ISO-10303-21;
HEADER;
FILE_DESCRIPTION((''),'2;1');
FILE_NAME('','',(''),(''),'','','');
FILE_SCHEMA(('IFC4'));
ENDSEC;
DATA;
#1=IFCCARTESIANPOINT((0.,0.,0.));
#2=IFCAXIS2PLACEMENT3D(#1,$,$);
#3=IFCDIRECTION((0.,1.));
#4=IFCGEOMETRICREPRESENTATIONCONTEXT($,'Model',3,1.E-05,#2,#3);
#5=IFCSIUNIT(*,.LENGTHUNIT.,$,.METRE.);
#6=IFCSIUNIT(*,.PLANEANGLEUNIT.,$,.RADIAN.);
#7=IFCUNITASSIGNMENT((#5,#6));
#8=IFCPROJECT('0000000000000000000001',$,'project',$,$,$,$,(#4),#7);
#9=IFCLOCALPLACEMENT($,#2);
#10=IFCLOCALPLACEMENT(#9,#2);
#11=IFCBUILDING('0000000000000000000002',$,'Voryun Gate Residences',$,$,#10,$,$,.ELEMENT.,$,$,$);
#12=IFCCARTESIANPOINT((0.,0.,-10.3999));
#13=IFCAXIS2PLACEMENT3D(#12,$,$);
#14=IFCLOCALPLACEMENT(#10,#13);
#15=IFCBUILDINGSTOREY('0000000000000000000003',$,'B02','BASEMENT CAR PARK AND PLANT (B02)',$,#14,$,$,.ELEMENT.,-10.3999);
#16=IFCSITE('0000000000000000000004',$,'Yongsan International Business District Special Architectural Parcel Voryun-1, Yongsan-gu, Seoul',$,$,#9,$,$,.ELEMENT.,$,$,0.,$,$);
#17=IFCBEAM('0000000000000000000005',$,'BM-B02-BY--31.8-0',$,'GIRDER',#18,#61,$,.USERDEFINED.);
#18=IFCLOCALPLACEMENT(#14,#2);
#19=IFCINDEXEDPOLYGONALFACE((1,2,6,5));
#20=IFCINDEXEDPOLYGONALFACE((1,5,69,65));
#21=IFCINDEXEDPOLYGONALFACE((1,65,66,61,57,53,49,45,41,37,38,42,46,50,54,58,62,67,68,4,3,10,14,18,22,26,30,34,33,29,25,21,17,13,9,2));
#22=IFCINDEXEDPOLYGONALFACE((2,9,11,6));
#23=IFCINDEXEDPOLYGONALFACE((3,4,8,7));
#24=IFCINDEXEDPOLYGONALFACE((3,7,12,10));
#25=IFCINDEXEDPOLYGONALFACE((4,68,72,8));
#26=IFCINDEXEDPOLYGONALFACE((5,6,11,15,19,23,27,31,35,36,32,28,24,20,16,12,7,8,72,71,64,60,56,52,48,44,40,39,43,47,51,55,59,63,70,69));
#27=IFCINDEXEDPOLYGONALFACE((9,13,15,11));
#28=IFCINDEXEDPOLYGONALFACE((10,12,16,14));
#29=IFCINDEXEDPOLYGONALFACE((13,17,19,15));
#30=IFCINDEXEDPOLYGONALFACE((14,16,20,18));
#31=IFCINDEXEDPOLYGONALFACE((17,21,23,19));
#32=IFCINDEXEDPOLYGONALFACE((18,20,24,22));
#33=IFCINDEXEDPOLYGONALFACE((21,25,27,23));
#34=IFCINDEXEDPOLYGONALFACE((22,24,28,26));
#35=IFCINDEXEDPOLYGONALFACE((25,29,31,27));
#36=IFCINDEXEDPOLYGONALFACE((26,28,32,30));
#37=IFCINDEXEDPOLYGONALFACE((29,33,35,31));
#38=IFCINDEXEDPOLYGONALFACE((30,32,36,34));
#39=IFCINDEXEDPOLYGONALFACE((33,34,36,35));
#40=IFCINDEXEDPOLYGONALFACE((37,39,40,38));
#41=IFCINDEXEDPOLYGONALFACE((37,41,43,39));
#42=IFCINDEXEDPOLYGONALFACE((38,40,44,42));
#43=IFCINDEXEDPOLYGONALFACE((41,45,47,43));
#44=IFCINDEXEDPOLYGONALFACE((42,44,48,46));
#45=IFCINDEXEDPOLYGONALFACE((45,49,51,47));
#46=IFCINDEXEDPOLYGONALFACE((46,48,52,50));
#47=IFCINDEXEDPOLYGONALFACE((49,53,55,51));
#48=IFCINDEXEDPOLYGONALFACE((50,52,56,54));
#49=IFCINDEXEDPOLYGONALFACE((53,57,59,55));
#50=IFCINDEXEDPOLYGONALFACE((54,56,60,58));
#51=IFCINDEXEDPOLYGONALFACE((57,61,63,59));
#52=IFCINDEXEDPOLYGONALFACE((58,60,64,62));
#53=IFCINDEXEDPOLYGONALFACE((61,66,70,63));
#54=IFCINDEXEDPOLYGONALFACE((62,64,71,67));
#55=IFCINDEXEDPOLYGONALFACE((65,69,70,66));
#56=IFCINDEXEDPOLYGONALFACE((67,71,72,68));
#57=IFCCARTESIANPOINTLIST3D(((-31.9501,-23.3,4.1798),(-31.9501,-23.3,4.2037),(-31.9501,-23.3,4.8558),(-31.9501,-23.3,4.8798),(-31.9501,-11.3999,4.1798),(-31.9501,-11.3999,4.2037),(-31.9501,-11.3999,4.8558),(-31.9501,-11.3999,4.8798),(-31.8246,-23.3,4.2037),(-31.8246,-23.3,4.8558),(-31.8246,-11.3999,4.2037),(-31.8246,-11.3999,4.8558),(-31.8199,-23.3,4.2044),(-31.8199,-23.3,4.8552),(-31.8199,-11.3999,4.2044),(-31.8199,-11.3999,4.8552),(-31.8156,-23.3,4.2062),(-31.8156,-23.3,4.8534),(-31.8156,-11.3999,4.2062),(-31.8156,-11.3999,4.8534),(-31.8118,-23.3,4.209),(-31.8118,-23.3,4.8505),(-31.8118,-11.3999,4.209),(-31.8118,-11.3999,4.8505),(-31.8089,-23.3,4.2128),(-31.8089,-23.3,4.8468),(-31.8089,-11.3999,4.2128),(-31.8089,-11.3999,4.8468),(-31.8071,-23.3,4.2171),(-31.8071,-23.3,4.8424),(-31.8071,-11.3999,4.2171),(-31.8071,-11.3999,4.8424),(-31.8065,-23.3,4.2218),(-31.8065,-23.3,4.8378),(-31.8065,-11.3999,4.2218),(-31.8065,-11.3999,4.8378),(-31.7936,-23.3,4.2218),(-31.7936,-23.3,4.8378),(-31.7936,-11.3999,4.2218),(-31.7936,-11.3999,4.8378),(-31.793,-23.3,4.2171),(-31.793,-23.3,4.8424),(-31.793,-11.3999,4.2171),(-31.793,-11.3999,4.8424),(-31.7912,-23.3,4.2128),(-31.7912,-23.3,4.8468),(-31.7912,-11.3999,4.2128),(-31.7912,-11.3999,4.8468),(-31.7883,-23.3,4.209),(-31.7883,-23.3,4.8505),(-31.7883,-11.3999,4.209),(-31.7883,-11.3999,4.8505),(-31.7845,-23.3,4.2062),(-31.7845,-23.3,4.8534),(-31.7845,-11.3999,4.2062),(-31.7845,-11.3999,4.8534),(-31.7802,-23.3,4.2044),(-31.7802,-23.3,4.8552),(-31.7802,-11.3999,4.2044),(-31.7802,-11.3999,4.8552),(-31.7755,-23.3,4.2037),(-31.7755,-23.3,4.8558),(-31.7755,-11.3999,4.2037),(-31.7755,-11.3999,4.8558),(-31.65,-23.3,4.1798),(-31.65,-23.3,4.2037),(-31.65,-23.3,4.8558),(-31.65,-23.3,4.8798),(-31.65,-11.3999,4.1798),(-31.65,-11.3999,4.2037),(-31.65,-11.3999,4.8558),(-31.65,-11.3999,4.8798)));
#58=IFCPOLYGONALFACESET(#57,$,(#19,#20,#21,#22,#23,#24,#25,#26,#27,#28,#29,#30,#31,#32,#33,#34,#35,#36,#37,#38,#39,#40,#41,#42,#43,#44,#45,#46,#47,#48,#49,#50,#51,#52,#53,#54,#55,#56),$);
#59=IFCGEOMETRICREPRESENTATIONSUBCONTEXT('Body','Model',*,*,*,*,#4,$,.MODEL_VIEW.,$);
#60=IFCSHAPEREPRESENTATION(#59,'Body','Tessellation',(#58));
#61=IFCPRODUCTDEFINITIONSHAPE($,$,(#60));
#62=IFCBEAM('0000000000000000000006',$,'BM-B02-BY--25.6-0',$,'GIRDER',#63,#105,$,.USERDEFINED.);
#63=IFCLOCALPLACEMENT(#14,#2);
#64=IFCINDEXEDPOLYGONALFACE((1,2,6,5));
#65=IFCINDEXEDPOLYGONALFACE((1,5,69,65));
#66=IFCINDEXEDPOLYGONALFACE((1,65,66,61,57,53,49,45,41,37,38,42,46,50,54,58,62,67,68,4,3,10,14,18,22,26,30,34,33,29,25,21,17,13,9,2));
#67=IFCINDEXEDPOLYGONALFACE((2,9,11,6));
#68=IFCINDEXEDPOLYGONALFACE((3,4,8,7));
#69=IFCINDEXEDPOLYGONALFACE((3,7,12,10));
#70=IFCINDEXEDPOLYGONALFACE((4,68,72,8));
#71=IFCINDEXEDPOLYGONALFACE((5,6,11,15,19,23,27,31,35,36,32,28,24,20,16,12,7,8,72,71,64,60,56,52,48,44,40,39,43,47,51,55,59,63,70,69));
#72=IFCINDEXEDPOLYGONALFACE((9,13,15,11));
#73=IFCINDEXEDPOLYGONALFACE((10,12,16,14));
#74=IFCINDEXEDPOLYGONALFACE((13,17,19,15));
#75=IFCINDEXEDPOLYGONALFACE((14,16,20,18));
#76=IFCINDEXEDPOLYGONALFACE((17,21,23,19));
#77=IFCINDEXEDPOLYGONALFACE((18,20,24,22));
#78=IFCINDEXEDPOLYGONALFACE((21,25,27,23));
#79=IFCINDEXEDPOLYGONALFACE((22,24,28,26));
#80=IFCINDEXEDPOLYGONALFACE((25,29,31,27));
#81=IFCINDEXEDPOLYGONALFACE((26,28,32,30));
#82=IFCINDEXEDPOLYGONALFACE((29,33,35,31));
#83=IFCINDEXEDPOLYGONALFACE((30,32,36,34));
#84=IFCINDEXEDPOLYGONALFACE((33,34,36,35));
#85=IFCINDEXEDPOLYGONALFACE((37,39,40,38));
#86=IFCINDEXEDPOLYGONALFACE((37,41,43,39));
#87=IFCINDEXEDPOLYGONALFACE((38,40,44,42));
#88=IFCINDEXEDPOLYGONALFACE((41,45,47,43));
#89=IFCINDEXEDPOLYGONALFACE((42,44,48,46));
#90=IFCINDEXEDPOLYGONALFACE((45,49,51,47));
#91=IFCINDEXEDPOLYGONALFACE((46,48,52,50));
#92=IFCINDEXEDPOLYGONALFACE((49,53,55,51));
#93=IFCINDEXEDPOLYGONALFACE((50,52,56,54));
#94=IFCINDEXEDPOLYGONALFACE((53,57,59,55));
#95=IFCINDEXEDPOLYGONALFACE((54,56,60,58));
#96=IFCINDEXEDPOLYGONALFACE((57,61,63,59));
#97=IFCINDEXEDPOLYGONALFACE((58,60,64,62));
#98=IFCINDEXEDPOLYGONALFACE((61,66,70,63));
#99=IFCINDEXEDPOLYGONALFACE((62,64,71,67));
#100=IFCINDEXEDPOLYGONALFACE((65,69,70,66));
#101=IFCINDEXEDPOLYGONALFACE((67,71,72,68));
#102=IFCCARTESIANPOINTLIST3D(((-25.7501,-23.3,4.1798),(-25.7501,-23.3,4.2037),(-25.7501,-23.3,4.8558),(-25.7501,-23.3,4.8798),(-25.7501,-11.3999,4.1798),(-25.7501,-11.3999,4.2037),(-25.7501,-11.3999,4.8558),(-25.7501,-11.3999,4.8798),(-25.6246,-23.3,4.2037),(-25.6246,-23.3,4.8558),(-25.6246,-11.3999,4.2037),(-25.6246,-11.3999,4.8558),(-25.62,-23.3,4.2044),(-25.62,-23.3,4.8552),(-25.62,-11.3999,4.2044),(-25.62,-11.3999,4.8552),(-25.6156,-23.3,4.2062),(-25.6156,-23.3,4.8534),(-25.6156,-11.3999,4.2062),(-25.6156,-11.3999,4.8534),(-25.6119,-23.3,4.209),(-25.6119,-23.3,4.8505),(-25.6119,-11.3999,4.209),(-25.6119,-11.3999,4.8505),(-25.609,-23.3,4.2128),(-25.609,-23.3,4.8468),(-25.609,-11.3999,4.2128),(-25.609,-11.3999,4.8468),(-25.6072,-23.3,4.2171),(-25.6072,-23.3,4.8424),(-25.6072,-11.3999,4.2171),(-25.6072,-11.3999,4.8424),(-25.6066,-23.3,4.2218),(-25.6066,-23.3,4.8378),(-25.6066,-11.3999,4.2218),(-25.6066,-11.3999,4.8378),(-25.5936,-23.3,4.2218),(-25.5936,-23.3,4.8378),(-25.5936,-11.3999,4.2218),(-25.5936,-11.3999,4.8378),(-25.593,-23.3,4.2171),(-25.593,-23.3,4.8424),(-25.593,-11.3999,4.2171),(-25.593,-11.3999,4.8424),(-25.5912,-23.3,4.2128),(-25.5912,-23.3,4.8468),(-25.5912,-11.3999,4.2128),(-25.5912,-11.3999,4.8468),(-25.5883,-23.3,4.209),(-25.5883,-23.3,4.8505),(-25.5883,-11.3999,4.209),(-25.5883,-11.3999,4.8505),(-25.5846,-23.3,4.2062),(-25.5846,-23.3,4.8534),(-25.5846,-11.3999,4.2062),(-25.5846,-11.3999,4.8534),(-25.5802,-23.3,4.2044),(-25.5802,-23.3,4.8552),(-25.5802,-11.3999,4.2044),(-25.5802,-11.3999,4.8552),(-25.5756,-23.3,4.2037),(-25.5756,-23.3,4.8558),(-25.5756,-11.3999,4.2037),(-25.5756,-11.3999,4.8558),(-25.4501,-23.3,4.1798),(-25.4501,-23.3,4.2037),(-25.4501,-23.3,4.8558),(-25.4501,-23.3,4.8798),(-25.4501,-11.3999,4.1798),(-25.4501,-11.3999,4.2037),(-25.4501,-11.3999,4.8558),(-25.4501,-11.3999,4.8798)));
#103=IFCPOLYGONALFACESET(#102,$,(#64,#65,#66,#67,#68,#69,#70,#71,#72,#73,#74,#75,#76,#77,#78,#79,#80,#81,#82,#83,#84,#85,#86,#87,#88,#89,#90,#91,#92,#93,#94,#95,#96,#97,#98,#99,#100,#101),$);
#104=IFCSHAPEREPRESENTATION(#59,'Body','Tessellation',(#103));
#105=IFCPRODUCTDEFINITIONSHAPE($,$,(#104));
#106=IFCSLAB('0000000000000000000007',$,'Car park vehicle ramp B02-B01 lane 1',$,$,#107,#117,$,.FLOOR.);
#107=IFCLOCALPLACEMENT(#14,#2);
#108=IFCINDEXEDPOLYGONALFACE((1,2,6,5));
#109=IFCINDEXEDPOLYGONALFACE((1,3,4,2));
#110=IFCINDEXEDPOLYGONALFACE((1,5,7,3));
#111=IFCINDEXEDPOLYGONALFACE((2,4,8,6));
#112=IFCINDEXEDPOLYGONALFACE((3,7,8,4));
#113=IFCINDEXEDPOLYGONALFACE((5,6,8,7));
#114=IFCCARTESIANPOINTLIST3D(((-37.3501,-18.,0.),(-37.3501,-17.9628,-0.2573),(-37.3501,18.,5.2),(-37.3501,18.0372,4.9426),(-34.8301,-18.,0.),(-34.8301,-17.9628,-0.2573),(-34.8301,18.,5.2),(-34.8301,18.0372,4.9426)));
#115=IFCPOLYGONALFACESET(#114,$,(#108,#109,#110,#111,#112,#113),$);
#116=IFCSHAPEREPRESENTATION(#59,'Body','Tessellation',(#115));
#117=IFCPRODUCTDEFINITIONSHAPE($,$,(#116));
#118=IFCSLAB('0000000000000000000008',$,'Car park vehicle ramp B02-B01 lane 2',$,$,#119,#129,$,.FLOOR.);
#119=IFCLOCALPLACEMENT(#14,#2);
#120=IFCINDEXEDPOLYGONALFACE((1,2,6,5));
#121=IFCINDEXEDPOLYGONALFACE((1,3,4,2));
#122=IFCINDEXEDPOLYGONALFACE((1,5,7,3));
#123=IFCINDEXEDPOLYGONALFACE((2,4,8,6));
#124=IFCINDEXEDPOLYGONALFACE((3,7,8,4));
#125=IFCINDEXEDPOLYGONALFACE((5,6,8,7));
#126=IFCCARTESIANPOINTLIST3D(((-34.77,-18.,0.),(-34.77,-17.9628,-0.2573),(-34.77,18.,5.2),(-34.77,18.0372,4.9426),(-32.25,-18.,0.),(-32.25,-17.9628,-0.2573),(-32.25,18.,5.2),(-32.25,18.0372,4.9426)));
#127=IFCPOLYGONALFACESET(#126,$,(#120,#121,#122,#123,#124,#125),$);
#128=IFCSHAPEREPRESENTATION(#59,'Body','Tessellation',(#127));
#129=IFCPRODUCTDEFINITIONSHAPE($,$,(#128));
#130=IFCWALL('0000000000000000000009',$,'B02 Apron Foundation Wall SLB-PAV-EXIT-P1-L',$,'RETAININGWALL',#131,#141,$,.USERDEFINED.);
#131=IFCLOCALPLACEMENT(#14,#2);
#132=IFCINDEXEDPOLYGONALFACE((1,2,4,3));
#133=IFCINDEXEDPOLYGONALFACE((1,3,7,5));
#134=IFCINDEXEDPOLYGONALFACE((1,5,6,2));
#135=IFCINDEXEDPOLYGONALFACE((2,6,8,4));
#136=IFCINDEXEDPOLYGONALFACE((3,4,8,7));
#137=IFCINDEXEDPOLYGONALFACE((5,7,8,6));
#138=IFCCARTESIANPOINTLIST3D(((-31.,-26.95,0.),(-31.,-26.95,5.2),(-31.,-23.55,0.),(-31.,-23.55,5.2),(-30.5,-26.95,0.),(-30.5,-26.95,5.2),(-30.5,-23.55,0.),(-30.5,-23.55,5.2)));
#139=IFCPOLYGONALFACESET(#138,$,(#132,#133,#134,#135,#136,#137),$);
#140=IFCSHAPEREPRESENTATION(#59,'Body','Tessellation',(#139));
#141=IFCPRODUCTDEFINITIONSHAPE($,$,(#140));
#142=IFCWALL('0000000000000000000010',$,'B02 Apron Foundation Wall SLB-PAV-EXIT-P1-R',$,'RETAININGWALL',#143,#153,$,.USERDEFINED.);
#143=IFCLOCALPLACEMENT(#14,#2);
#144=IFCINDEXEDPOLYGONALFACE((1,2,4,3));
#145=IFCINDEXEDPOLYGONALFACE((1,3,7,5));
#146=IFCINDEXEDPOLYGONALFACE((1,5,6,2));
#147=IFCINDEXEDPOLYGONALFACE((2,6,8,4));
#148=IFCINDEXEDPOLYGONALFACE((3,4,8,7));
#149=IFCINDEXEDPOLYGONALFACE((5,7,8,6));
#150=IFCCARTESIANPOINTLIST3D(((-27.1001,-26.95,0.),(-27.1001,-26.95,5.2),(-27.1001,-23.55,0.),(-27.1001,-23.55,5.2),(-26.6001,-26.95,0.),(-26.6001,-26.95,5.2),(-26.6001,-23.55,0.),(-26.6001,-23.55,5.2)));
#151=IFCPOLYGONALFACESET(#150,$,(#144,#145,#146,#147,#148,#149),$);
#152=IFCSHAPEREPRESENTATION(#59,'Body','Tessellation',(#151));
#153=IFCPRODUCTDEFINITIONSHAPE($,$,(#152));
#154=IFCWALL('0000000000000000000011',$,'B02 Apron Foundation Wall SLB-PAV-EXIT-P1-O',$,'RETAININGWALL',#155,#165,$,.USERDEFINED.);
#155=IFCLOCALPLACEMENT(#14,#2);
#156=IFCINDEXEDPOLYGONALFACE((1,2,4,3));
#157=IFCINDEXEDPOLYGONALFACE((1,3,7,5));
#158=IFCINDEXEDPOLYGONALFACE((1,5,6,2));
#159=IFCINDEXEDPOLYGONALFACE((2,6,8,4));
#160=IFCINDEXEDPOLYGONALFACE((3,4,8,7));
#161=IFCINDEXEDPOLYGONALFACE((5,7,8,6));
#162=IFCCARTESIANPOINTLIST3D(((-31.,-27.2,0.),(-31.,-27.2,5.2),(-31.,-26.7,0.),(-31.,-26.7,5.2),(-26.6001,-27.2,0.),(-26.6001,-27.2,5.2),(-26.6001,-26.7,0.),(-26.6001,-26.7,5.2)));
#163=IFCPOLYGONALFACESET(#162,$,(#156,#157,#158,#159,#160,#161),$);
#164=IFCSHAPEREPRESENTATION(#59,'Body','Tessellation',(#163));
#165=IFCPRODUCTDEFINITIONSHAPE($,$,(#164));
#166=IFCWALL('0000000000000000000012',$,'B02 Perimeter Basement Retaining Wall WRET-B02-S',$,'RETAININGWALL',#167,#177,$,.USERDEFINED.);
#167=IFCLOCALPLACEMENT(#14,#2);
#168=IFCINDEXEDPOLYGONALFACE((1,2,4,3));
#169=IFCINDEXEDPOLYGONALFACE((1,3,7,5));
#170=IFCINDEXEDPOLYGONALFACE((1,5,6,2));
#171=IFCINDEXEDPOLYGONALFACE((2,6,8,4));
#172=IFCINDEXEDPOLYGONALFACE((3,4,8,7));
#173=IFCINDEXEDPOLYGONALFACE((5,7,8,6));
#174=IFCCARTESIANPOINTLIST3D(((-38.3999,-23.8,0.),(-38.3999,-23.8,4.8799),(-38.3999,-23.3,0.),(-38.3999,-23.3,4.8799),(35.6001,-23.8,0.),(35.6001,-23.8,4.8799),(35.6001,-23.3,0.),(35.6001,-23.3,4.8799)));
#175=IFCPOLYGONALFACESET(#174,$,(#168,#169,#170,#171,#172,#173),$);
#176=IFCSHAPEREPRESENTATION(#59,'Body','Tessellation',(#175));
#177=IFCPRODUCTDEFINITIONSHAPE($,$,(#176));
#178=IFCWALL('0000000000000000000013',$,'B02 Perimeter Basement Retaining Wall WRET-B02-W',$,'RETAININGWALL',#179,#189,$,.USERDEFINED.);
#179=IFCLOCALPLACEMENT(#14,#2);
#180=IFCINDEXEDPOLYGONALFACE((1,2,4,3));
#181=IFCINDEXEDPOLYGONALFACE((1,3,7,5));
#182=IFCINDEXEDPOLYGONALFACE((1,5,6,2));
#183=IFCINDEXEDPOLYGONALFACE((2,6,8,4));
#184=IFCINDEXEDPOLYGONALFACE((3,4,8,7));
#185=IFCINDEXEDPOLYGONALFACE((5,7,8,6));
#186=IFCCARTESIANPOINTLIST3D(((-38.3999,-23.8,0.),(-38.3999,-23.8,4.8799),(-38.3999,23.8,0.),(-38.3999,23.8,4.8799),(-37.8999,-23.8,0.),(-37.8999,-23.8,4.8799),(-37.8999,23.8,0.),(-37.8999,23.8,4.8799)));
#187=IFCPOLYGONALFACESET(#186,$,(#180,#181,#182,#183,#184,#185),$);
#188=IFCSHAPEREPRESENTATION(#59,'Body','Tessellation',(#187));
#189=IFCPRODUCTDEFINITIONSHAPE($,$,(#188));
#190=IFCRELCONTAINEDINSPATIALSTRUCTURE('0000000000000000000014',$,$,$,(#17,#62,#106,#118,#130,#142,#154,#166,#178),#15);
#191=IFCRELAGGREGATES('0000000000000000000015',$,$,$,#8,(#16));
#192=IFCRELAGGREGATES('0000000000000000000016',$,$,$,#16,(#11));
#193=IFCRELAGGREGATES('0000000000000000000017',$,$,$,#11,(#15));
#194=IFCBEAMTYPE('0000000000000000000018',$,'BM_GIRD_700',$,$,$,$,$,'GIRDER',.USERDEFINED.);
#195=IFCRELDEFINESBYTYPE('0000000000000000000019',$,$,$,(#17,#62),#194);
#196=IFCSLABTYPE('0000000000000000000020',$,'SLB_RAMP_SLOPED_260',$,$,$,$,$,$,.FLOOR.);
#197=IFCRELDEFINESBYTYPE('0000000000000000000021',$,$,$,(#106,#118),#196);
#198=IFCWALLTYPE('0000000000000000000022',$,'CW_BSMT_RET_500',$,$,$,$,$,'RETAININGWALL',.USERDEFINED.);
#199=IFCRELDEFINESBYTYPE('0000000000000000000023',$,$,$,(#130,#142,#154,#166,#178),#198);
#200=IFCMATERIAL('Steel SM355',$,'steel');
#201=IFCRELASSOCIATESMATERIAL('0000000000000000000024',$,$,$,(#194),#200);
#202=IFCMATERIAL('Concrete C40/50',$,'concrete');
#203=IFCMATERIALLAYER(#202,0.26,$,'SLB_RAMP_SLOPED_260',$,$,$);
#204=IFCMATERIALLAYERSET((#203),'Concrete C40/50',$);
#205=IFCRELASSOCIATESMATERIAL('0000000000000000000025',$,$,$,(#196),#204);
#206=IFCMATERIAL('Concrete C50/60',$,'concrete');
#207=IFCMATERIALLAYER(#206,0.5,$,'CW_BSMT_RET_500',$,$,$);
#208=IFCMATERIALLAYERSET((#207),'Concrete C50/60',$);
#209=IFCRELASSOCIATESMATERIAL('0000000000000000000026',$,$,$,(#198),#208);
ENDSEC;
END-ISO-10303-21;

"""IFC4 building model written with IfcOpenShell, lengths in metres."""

from ifc_helpers import new_model, si_unit, direction, frame, frame_2d, origin, origin_2d, place, context, subcontext, project, spatial, polyline, rectangle, i_section, outline, extrude, material, layer, layer_set, material_profile, profile_set, type_object, element, save


model = new_model("IFC4")

# Units and contexts
model_context = context("Model", 3, precision=1e-05, world=origin(), true_north=direction((0.0, 1.0)))
body_context = subcontext(model_context, "Body", "Model", "MODEL_VIEW")
ifc_project = project(units=[si_unit("LENGTHUNIT", "METRE"), si_unit("PLANEANGLEUNIT", "RADIAN")], contexts=[model_context])

# Site, building, storey
site_placement = place(None, origin())
site = spatial("IfcSite", under=ifc_project, at=site_placement, Name="Yongsan International Business District Special Architectural Parcel Voryun-1, Yongsan-gu, Seoul", CompositionType="ELEMENT", RefElevation=0.0)
building_placement = place(site_placement, origin())
building = spatial("IfcBuilding", under=site, at=building_placement, Name="Voryun Gate Residences", CompositionType="ELEMENT")
storey_placement = place(building_placement, frame((0.0, 0.0, -10.3999)))
storey = spatial("IfcBuildingStorey", under=building, at=storey_placement, Name="B02", Description="BASEMENT CAR PARK AND PLANT (B02)", CompositionType="ELEMENT", Elevation=-10.3999)

# Beams
ifc_material_1 = material(Name="Steel SM355", Category="steel")
ifc_material_profile_1 = material_profile(ifc_material_1, i_section(OverallWidth=0.3, OverallDepth=0.7, WebThickness=0.0129, FlangeThickness=0.0239, FilletRadius=0.0181, at=origin_2d()), Name="H-700x300x13x24")
ifc_profile_set_1 = profile_set([ifc_material_profile_1], Name="Steel SM355")
beam_type_1 = type_object("IfcBeamType", Name="BM_GIRD_700", ElementType="GIRDER", PredefinedType="USERDEFINED", material=ifc_profile_set_1)
for number, where, z_axis, x_axis, name in (
    (1, (-31.8, -23.3, 4.5298), (0.0, 1.0, 0.0), (-1.0, 0.0, 0.0), "BM-B02-BY--31.8-0"),
    (2, (-25.6001, -23.3, 4.5298), (0.0, 1.0, 0.0), (-1.0, 0.0, 0.0), "BM-B02-BY--25.6-0"),
):
    element("IfcBeam", number, at=place(storey_placement, frame(where, z_axis=z_axis, x_axis=x_axis)), inside=storey, type_object=beam_type_1, Name=name, ObjectType="GIRDER", PredefinedType="USERDEFINED", context=body_context, shape_type="SweptSolid", body=[
        extrude(i_section(OverallWidth=0.3, OverallDepth=0.7, WebThickness=0.0129, FlangeThickness=0.0239, FilletRadius=0.0181, at=origin_2d()), origin(), (0.0, 0.0, 1.0), 11.9001),
    ])

# Slabs
ifc_material_2 = material(Name="Concrete C40/50", Category="concrete")
ifc_layer_1 = layer(ifc_material_2, 0.26, Name="SLB_RAMP_SLOPED_260")
ifc_layer_set_1 = layer_set([ifc_layer_1], Name="Concrete C40/50")
slab_type = type_object("IfcSlabType", Name="SLB_RAMP_SLOPED_260", PredefinedType="FLOOR", material=ifc_layer_set_1)
for number, where, z_axis, x_axis, name in (
    (3, (-37.3501, -18.0, 0.0), (0.0, -0.142959, 0.989729), (1.0, 0.0, 0.0), "Car park vehicle ramp B02-B01 lane 1"),
    (4, (-34.77, -18.0, 0.0), (0.0, -0.142959, 0.989729), (1.0, 0.0, 0.0), "Car park vehicle ramp B02-B01 lane 2"),
):
    element("IfcSlab", number, at=place(storey_placement, frame(where, z_axis=z_axis, x_axis=x_axis)), inside=storey, type_object=slab_type, Name=name, PredefinedType="FLOOR", context=body_context, shape_type="SweptSolid", body=[
        extrude(outline(polyline([(0.0, 0.0), (2.52, 0.0), (2.52, 36.3736), (0.0, 36.3736), (0.0, 0.0)])), origin(), (0.0, 0.0, -1.0), 0.26),
    ])

# Walls
ifc_material_3 = material(Name="Concrete C50/60", Category="concrete")
ifc_layer_2 = layer(ifc_material_3, 0.5, Name="CW_BSMT_RET_500")
ifc_layer_set_2 = layer_set([ifc_layer_2], Name="Concrete C50/60")
wall_type_1 = type_object("IfcWallType", Name="CW_BSMT_RET_500", ElementType="RETAININGWALL", PredefinedType="USERDEFINED", material=ifc_layer_set_2)
for number, where, z_axis, x_axis, name in (
    (5, (-30.75, -26.95, 0.0), (0.0, 0.0, 1.0), (0.0, 1.0, 0.0), "B02 Apron Foundation Wall SLB-PAV-EXIT-P1-L"),
    (6, (-26.8501, -26.95, 0.0), (0.0, 0.0, 1.0), (0.0, 1.0, 0.0), "B02 Apron Foundation Wall SLB-PAV-EXIT-P1-R"),
):
    element("IfcWall", number, at=place(storey_placement, frame(where, z_axis=z_axis, x_axis=x_axis)), inside=storey, type_object=wall_type_1, Name=name, ObjectType="RETAININGWALL", PredefinedType="USERDEFINED", context=body_context, shape_type="SweptSolid", body=[
        extrude(rectangle(XDim=3.3999, YDim=0.5, at=frame_2d((1.7, 0.0))), origin(), (0.0, 0.0, 1.0), 5.2),
    ])
wall_1_placement = place(storey_placement, frame((-31.0, -26.95, 0.0), z_axis=(0.0, 0.0, 1.0), x_axis=(1.0, 0.0, 0.0)))
element("IfcWall", 7, at=wall_1_placement, inside=storey, type_object=wall_type_1, Name="B02 Apron Foundation Wall SLB-PAV-EXIT-P1-O", ObjectType="RETAININGWALL", PredefinedType="USERDEFINED", context=body_context, shape_type="SweptSolid", body=[
    extrude(rectangle(XDim=4.3999, YDim=0.5, at=frame_2d((2.2, 0.0))), origin(), (0.0, 0.0, 1.0), 5.2),
])
wall_2_placement = place(storey_placement, frame((-38.3999, -23.55, 0.0), z_axis=(0.0, 0.0, 1.0), x_axis=(1.0, 0.0, 0.0)))
element("IfcWall", 8, at=wall_2_placement, inside=storey, type_object=wall_type_1, Name="B02 Perimeter Basement Retaining Wall WRET-B02-S", ObjectType="RETAININGWALL", PredefinedType="USERDEFINED", context=body_context, shape_type="SweptSolid", body=[
    extrude(rectangle(XDim=74.0, YDim=0.5, at=frame_2d((37.0, 0.0))), origin(), (0.0, 0.0, 1.0), 4.8799),
])
wall_3_placement = place(storey_placement, frame((-38.1499, -23.8, 0.0), z_axis=(0.0, 0.0, 1.0), x_axis=(0.0, 1.0, 0.0)))
element("IfcWall", 9, at=wall_3_placement, inside=storey, type_object=wall_type_1, Name="B02 Perimeter Basement Retaining Wall WRET-B02-W", ObjectType="RETAININGWALL", PredefinedType="USERDEFINED", context=body_context, shape_type="SweptSolid", body=[
    extrude(rectangle(XDim=47.6001, YDim=0.5, at=frame_2d((23.8, 0.0))), origin(), (0.0, 0.0, 1.0), 4.8799),
])

save(model, "model.ifc")
